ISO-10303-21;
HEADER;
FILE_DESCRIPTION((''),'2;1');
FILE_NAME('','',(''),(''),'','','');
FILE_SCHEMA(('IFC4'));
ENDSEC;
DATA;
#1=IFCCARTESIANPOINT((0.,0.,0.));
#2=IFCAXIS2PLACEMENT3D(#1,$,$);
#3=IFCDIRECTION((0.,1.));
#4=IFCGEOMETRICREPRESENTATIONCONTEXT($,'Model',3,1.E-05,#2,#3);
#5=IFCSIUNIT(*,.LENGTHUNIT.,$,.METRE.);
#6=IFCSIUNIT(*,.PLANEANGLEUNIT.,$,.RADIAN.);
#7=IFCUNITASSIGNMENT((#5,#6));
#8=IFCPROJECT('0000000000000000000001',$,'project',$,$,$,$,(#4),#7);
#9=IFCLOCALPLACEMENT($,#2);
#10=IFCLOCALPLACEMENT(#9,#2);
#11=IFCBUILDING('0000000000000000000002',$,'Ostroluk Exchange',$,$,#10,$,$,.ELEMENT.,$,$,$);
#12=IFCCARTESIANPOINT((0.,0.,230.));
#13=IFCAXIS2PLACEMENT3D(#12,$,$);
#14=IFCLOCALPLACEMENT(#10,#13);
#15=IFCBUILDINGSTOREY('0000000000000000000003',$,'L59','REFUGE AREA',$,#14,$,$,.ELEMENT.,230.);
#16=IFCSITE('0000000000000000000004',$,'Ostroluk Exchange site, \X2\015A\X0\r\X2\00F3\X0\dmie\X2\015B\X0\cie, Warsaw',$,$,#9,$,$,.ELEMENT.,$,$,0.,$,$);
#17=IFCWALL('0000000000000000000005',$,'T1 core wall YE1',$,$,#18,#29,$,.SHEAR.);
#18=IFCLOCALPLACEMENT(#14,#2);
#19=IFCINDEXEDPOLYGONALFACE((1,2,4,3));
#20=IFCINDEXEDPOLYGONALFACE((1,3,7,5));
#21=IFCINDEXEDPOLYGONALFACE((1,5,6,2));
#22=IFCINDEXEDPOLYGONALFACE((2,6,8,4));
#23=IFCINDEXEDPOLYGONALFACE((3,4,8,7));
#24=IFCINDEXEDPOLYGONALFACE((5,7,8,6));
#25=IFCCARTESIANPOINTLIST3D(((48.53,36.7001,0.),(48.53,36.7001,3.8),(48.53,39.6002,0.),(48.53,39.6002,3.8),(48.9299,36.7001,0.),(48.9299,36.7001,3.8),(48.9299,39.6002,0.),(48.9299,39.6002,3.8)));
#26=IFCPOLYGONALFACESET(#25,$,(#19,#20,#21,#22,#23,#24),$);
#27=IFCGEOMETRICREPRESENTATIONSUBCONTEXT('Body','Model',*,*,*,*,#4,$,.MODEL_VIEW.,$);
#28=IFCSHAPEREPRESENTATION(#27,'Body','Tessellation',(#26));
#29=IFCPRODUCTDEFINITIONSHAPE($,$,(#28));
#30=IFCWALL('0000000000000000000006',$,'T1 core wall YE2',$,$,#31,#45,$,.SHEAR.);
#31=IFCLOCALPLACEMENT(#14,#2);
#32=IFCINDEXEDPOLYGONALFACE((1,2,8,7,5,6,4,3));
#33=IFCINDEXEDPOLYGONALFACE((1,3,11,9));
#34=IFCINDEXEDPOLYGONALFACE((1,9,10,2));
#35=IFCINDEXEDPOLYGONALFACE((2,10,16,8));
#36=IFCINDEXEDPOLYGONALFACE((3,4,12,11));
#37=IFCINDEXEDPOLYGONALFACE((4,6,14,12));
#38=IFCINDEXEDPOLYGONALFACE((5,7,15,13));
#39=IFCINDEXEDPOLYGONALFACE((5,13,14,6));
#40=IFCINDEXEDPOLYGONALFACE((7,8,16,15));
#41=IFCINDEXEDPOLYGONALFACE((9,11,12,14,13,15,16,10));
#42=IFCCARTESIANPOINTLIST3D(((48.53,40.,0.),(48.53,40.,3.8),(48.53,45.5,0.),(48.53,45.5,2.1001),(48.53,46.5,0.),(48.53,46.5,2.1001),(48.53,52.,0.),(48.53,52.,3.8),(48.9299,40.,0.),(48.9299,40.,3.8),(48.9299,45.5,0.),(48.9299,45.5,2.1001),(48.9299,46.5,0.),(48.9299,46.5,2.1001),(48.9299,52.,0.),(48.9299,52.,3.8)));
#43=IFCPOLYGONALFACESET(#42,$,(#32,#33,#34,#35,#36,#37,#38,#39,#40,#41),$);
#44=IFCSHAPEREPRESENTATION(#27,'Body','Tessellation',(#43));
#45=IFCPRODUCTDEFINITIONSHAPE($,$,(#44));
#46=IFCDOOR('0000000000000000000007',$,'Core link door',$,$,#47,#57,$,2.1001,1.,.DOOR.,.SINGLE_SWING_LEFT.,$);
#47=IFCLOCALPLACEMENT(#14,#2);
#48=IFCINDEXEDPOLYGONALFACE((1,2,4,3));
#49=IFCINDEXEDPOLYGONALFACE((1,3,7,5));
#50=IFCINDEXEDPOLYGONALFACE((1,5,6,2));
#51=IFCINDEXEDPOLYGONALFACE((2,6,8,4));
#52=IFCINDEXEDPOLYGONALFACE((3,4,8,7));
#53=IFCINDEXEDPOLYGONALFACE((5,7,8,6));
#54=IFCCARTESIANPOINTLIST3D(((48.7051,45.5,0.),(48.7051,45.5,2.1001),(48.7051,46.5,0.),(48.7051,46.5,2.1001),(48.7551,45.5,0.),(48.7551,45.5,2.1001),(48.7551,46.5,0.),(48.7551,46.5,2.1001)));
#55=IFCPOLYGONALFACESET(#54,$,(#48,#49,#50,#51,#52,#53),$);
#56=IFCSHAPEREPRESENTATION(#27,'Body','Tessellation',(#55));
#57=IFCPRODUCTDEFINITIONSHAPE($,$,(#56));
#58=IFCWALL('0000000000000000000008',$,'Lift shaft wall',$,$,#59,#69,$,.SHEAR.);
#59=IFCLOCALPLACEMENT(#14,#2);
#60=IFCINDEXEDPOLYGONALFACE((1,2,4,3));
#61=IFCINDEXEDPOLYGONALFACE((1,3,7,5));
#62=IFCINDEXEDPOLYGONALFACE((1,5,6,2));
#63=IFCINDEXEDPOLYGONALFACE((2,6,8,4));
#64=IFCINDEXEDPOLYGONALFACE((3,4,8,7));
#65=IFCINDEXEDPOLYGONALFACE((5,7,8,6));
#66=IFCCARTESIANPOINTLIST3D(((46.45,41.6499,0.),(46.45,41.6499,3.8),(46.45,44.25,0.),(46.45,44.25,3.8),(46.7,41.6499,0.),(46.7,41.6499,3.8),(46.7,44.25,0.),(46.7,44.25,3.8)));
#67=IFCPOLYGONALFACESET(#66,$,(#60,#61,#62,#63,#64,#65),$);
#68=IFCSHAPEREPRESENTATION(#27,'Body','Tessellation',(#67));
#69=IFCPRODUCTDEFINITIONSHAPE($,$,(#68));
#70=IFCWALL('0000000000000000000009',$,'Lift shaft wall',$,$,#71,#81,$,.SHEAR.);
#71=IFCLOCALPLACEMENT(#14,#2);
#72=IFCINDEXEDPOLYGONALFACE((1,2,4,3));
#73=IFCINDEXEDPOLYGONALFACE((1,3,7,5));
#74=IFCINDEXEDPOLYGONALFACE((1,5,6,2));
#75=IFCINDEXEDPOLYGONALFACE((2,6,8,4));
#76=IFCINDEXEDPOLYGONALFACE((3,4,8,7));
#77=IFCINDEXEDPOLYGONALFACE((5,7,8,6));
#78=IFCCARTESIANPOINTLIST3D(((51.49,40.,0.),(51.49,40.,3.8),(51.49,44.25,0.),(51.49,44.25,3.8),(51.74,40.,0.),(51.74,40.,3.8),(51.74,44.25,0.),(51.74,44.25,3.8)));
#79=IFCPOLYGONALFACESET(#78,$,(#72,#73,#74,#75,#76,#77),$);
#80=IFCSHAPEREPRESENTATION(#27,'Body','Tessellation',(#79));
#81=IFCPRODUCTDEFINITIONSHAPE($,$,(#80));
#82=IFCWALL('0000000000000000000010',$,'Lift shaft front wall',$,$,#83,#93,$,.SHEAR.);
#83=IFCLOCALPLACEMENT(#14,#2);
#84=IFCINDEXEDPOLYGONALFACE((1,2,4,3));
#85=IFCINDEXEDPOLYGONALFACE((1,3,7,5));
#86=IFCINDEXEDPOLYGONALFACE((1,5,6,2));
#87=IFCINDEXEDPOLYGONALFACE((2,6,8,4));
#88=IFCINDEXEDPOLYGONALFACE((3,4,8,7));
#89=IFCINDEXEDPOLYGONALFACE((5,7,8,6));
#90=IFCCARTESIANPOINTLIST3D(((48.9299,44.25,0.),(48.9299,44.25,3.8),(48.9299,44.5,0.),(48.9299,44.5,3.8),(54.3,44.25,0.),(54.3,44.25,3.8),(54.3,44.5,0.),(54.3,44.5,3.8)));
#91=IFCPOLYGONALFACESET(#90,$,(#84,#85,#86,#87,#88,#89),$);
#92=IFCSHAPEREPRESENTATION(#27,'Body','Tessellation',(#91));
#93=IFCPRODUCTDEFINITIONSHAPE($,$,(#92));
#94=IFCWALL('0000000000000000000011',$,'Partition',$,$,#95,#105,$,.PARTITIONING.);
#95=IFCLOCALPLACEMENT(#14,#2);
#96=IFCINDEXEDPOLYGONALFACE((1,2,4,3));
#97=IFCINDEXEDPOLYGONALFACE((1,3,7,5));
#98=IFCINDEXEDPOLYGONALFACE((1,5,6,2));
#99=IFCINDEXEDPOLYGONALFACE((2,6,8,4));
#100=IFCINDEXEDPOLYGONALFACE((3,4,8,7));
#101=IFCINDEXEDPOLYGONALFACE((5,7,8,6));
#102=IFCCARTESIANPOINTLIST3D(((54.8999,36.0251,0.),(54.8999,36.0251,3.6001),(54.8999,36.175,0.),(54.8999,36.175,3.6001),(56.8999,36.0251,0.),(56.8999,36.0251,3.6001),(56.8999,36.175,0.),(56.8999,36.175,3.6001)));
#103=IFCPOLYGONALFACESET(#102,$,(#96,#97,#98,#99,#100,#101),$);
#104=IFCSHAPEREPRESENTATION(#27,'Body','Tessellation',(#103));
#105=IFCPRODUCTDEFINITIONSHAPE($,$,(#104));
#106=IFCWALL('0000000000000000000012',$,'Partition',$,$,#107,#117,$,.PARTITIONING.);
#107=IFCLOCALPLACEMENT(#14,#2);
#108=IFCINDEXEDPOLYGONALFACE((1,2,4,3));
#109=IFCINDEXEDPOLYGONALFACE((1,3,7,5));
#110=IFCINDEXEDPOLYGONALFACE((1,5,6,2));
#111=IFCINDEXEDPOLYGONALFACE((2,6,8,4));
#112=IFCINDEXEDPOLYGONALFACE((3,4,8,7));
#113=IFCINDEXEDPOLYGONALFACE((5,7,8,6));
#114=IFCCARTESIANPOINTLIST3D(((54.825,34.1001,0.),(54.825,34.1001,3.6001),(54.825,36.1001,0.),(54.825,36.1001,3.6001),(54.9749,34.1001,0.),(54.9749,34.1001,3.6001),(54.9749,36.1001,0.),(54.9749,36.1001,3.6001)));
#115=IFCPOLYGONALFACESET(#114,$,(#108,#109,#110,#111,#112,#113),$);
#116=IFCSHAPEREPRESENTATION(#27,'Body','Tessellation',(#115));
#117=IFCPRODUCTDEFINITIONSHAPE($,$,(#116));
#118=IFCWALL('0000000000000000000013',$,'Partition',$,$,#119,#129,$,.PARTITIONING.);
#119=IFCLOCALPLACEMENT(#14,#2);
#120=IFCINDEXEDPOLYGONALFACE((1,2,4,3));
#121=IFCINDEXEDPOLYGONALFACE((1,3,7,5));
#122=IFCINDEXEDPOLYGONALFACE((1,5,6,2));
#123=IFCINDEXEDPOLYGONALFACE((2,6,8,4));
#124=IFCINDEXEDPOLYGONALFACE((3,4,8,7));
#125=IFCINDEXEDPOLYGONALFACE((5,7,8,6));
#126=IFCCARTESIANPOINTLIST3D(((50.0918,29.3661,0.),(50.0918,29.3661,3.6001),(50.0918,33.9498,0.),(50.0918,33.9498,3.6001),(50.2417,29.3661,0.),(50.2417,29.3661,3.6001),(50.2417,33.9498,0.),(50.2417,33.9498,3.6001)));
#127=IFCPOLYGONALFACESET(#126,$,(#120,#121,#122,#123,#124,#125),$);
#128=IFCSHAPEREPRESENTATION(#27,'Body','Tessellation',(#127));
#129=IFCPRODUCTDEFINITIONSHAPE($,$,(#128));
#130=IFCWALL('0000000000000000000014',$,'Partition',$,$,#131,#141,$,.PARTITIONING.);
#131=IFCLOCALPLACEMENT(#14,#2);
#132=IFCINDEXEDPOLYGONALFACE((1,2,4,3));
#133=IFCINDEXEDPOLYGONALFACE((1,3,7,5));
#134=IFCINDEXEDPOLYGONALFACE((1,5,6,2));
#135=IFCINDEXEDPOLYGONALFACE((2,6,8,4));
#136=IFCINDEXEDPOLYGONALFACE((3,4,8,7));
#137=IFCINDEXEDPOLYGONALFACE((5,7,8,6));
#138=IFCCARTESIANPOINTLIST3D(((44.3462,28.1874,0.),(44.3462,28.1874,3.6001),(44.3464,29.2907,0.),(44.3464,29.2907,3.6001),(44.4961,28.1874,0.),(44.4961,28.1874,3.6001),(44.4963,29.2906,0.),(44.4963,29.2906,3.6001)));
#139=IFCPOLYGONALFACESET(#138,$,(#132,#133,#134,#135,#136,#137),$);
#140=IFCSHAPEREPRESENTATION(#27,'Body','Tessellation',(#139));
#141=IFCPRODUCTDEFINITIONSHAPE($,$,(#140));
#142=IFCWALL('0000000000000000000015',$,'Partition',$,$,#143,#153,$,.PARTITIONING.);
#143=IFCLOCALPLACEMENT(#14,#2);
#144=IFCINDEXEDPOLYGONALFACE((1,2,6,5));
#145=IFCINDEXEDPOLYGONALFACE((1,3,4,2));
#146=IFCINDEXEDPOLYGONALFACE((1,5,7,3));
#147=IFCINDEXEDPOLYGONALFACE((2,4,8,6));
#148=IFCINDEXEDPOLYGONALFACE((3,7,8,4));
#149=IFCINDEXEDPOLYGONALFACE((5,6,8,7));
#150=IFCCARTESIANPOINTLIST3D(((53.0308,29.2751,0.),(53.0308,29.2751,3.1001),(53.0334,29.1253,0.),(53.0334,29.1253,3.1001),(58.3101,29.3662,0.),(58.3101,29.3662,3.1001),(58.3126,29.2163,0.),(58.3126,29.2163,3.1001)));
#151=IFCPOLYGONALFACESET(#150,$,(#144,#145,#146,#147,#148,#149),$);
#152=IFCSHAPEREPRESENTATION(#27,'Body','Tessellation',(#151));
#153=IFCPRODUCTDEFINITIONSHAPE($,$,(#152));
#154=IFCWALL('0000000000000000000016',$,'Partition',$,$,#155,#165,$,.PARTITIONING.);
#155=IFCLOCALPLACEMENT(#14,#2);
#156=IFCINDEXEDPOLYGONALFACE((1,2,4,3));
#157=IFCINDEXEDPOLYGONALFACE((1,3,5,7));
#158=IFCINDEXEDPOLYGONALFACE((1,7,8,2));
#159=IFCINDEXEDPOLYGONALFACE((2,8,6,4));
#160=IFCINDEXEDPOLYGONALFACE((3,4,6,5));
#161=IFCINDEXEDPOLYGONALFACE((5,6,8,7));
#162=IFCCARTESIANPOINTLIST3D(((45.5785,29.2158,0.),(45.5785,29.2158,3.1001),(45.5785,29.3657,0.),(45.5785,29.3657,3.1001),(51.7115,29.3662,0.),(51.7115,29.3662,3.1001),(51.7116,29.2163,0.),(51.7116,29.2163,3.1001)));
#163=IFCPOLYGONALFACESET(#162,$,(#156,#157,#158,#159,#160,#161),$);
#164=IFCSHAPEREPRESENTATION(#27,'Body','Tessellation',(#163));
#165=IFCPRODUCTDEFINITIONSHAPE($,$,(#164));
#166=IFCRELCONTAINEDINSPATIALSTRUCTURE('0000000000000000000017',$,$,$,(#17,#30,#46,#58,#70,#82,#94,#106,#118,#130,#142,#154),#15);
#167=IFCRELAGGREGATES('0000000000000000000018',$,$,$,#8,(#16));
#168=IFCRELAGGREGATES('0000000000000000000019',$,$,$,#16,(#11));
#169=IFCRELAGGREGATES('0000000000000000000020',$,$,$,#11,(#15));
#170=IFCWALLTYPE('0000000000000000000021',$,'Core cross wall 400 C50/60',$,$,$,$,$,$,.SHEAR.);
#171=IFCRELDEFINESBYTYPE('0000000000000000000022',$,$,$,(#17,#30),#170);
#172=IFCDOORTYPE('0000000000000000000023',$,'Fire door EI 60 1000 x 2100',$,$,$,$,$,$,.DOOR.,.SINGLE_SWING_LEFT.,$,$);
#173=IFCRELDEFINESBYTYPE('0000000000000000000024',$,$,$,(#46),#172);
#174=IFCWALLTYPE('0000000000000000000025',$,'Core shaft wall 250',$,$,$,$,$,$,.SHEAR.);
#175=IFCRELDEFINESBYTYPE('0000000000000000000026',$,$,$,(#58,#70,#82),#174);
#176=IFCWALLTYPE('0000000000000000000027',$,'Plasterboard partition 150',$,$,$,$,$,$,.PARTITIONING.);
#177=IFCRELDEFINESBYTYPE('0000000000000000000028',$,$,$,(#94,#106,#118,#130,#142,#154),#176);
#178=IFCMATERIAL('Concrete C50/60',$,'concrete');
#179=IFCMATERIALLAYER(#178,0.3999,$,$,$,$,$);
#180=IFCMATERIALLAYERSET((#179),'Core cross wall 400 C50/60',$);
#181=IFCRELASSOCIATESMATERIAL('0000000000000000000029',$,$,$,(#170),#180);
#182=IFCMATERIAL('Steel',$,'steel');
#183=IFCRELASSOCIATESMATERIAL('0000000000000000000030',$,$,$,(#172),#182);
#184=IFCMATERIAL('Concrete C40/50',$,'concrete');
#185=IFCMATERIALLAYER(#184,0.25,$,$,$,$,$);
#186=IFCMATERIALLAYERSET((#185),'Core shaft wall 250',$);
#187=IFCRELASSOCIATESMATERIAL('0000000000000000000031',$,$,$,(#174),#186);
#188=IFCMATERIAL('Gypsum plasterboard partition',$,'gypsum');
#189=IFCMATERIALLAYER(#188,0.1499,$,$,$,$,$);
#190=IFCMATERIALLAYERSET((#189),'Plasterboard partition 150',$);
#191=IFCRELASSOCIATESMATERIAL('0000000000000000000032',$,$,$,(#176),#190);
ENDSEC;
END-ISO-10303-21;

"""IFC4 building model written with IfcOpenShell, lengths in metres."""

from ifc_helpers import new_model, si_unit, direction, frame, frame_2d, origin, place, context, subcontext, project, spatial, rectangle, extrude, material, layer, layer_set, type_object, element, fill, save


model = new_model("IFC4")

# Units and contexts
model_context = context("Model", 3, precision=1e-05, world=origin(), true_north=direction((0.0, 1.0)))
body_context = subcontext(model_context, "Body", "Model", "MODEL_VIEW")
ifc_project = project(units=[si_unit("LENGTHUNIT", "METRE"), si_unit("PLANEANGLEUNIT", "RADIAN")], contexts=[model_context])

# Site, building, storey
site_placement = place(None, origin())
site = spatial("IfcSite", under=ifc_project, at=site_placement, Name="Ostroluk Exchange site, Śródmieście, Warsaw", CompositionType="ELEMENT", RefElevation=0.0)
building_placement = place(site_placement, origin())
building = spatial("IfcBuilding", under=site, at=building_placement, Name="Ostroluk Exchange", CompositionType="ELEMENT")
storey_placement = place(building_placement, frame((0.0, 0.0, 230.0)))
storey = spatial("IfcBuildingStorey", under=building, at=storey_placement, Name="L59", Description="REFUGE AREA", CompositionType="ELEMENT", Elevation=230.0)

# Wall
ifc_material_1 = material(Name="Concrete C50/60", Category="concrete")
ifc_layer_1 = layer(ifc_material_1, 0.3999)
ifc_layer_set_1 = layer_set([ifc_layer_1], Name="Core cross wall 400 C50/60")
wall_type_1 = type_object("IfcWallType", Name="Core cross wall 400 C50/60", PredefinedType="SHEAR", material=ifc_layer_set_1)
wall_1_placement = place(storey_placement, frame((48.73, 36.7, 0.0), z_axis=(0.0, 0.0, 1.0), x_axis=(0.0, 1.0, 0.0)))
element("IfcWall", 1, at=wall_1_placement, inside=storey, type_object=wall_type_1, Name="T1 core wall YE1", PredefinedType="SHEAR", context=body_context, shape_type="SweptSolid", body=[
    extrude(rectangle(XDim=2.9001, YDim=0.3999, at=frame_2d((1.4502, 0.0))), origin(), (0.0, 0.0, 1.0), 3.8),
])

# Wall, opening, door
wall_2_placement = place(storey_placement, frame((48.73, 40.0, 0.0), z_axis=(0.0, 0.0, 1.0), x_axis=(0.0, 1.0, 0.0)))
wall_2 = element("IfcWall", 2, at=wall_2_placement, inside=storey, type_object=wall_type_1, Name="T1 core wall YE2", PredefinedType="SHEAR", context=body_context, shape_type="SweptSolid", body=[
    extrude(rectangle(XDim=12.0, YDim=0.3999, at=frame_2d((6.0, 0.0))), origin(), (0.0, 0.0, 1.0), 3.8),
])
opening_1_placement = place(wall_2_placement, frame((5.5, 0.0, 0.0)))
opening_1 = element("IfcOpeningElement", 3, at=opening_1_placement, cuts=wall_2, PredefinedType="OPENING", context=body_context, shape_type="SweptSolid", body=[
    extrude(rectangle(XDim=1.0, YDim=2.1001, at=frame_2d((0.5, 1.05))), frame((0.0, 0.21, 0.0), z_axis=(0.0, -1.0, 0.0), x_axis=(1.0, 0.0, 0.0)), (0.0, 0.0, 1.0), 0.4199),
])
ifc_material_2 = material(Name="Steel", Category="steel")
door_type_1 = type_object("IfcDoorType", Name="Fire door EI 60 1000 x 2100", OperationType="SINGLE_SWING_LEFT", PredefinedType="DOOR", material=ifc_material_2)
door_1_placement = place(opening_1_placement, origin())
door_1 = element("IfcDoor", 4, at=door_1_placement, inside=storey, type_object=door_type_1, Name="Core link door", OperationType="SINGLE_SWING_LEFT", OverallHeight=2.1001, OverallWidth=1.0, PredefinedType="DOOR", context=body_context, shape_type="SweptSolid", body=[
    extrude(rectangle(XDim=1.0, YDim=2.1001, at=frame_2d((0.5, 1.05))), frame((0.0, 0.0249, 0.0), z_axis=(0.0, -1.0, 0.0), x_axis=(1.0, 0.0, 0.0)), (0.0, 0.0, 1.0), 0.05),
])
fill(opening_1, door_1)
ifc_material_3 = material(Name="Concrete C40/50", Category="concrete")
ifc_layer_2 = layer(ifc_material_3, 0.25)
ifc_layer_set_2 = layer_set([ifc_layer_2], Name="Core shaft wall 250")
wall_type_2 = type_object("IfcWallType", Name="Core shaft wall 250", PredefinedType="SHEAR", material=ifc_layer_set_2)

# Walls
wall_3_placement = place(storey_placement, frame((46.575, 44.25, 0.0), z_axis=(0.0, 0.0, 1.0), x_axis=(0.0, -1.0, 0.0)))
element("IfcWall", 5, at=wall_3_placement, inside=storey, type_object=wall_type_2, Name="Lift shaft wall", PredefinedType="SHEAR", context=body_context, shape_type="SweptSolid", body=[
    extrude(rectangle(XDim=2.6001, YDim=0.25, at=frame_2d((1.3, 0.0))), origin(), (0.0, 0.0, 1.0), 3.8),
])
wall_4_placement = place(storey_placement, frame((51.615, 44.25, 0.0), z_axis=(0.0, 0.0, 1.0), x_axis=(0.0, -1.0, 0.0)))
element("IfcWall", 6, at=wall_4_placement, inside=storey, type_object=wall_type_2, Name="Lift shaft wall", PredefinedType="SHEAR", context=body_context, shape_type="SweptSolid", body=[
    extrude(rectangle(XDim=4.25, YDim=0.25, at=frame_2d((2.125, 0.0))), origin(), (0.0, 0.0, 1.0), 3.8),
])
wall_5_placement = place(storey_placement, frame((48.9299, 44.375, 0.0), z_axis=(0.0, 0.0, 1.0), x_axis=(1.0, 0.0, 0.0)))
element("IfcWall", 7, at=wall_5_placement, inside=storey, type_object=wall_type_2, Name="Lift shaft front wall", PredefinedType="SHEAR", context=body_context, shape_type="SweptSolid", body=[
    extrude(rectangle(XDim=5.3701, YDim=0.25, at=frame_2d((2.6851, 0.0))), origin(), (0.0, 0.0, 1.0), 3.8),
])

# Walls
ifc_material_4 = material(Name="Gypsum plasterboard partition", Category="gypsum")
ifc_layer_3 = layer(ifc_material_4, 0.1499)
ifc_layer_set_3 = layer_set([ifc_layer_3], Name="Plasterboard partition 150")
wall_type_3 = type_object("IfcWallType", Name="Plasterboard partition 150", PredefinedType="PARTITIONING", material=ifc_layer_set_3)
for number, where, z_axis, x_axis, name in (
    (8, (54.8999, 36.1001, 0.0), (0.0, 0.0, 1.0), (1.0, 0.0, 0.0), "Partition"),
    (9, (54.8999, 36.1001, 0.0), (0.0, 0.0, 1.0), (0.0, -1.0, 0.0), "Partition"),
):
    element("IfcWall", number, at=place(storey_placement, frame(where, z_axis=z_axis, x_axis=x_axis)), inside=storey, type_object=wall_type_3, Name=name, PredefinedType="PARTITIONING", context=body_context, shape_type="SweptSolid", body=[
        extrude(rectangle(XDim=2.0, YDim=0.1499, at=frame_2d((1.0, 0.0))), origin(), (0.0, 0.0, 1.0), 3.6001),
    ])
wall_6_placement = place(storey_placement, frame((50.1667, 33.95, 0.0), z_axis=(0.0, 0.0, 1.0), x_axis=(0.0, -1.0, 0.0)))
element("IfcWall", 10, at=wall_6_placement, inside=storey, type_object=wall_type_3, Name="Partition", PredefinedType="PARTITIONING", context=body_context, shape_type="SweptSolid", body=[
    extrude(rectangle(XDim=4.5837, YDim=0.1499, at=frame_2d((2.292, 0.0))), origin(), (0.0, 0.0, 1.0), 3.6001),
])
wall_7_placement = place(storey_placement, frame((44.4214, 29.2908, 0.0), z_axis=(0.0, 0.0, 1.0), x_axis=(-0.000221, -1.0, 0.0)))
element("IfcWall", 11, at=wall_7_placement, inside=storey, type_object=wall_type_3, Name="Partition", PredefinedType="PARTITIONING", context=body_context, shape_type="SweptSolid", body=[
    extrude(rectangle(XDim=1.1033, YDim=0.1499, at=frame_2d((0.5518, 0.0))), origin(), (0.0, 0.0, 1.0), 3.6001),
])
wall_8_placement = place(storey_placement, frame((53.032, 29.2002, 0.0), z_axis=(0.0, 0.0, 1.0), x_axis=(0.999851, 0.017247, 0.0)))
element("IfcWall", 12, at=wall_8_placement, inside=storey, type_object=wall_type_3, Name="Partition", PredefinedType="PARTITIONING", context=body_context, shape_type="SweptSolid", body=[
    extrude(rectangle(XDim=5.28, YDim=0.1499, at=frame_2d((2.6401, 0.0))), origin(), (0.0, 0.0, 1.0), 3.1001),
])
wall_9_placement = place(storey_placement, frame((45.5786, 29.2908, 0.0), z_axis=(0.0, 0.0, 1.0), x_axis=(1.0, 0.00008, 0.0)))
element("IfcWall", 13, at=wall_9_placement, inside=storey, type_object=wall_type_3, Name="Partition", PredefinedType="PARTITIONING", context=body_context, shape_type="SweptSolid", body=[
    extrude(rectangle(XDim=6.1331, YDim=0.1499, at=frame_2d((3.0664, 0.0))), origin(), (0.0, 0.0, 1.0), 3.1001),
])

save(model, "model.ifc")
